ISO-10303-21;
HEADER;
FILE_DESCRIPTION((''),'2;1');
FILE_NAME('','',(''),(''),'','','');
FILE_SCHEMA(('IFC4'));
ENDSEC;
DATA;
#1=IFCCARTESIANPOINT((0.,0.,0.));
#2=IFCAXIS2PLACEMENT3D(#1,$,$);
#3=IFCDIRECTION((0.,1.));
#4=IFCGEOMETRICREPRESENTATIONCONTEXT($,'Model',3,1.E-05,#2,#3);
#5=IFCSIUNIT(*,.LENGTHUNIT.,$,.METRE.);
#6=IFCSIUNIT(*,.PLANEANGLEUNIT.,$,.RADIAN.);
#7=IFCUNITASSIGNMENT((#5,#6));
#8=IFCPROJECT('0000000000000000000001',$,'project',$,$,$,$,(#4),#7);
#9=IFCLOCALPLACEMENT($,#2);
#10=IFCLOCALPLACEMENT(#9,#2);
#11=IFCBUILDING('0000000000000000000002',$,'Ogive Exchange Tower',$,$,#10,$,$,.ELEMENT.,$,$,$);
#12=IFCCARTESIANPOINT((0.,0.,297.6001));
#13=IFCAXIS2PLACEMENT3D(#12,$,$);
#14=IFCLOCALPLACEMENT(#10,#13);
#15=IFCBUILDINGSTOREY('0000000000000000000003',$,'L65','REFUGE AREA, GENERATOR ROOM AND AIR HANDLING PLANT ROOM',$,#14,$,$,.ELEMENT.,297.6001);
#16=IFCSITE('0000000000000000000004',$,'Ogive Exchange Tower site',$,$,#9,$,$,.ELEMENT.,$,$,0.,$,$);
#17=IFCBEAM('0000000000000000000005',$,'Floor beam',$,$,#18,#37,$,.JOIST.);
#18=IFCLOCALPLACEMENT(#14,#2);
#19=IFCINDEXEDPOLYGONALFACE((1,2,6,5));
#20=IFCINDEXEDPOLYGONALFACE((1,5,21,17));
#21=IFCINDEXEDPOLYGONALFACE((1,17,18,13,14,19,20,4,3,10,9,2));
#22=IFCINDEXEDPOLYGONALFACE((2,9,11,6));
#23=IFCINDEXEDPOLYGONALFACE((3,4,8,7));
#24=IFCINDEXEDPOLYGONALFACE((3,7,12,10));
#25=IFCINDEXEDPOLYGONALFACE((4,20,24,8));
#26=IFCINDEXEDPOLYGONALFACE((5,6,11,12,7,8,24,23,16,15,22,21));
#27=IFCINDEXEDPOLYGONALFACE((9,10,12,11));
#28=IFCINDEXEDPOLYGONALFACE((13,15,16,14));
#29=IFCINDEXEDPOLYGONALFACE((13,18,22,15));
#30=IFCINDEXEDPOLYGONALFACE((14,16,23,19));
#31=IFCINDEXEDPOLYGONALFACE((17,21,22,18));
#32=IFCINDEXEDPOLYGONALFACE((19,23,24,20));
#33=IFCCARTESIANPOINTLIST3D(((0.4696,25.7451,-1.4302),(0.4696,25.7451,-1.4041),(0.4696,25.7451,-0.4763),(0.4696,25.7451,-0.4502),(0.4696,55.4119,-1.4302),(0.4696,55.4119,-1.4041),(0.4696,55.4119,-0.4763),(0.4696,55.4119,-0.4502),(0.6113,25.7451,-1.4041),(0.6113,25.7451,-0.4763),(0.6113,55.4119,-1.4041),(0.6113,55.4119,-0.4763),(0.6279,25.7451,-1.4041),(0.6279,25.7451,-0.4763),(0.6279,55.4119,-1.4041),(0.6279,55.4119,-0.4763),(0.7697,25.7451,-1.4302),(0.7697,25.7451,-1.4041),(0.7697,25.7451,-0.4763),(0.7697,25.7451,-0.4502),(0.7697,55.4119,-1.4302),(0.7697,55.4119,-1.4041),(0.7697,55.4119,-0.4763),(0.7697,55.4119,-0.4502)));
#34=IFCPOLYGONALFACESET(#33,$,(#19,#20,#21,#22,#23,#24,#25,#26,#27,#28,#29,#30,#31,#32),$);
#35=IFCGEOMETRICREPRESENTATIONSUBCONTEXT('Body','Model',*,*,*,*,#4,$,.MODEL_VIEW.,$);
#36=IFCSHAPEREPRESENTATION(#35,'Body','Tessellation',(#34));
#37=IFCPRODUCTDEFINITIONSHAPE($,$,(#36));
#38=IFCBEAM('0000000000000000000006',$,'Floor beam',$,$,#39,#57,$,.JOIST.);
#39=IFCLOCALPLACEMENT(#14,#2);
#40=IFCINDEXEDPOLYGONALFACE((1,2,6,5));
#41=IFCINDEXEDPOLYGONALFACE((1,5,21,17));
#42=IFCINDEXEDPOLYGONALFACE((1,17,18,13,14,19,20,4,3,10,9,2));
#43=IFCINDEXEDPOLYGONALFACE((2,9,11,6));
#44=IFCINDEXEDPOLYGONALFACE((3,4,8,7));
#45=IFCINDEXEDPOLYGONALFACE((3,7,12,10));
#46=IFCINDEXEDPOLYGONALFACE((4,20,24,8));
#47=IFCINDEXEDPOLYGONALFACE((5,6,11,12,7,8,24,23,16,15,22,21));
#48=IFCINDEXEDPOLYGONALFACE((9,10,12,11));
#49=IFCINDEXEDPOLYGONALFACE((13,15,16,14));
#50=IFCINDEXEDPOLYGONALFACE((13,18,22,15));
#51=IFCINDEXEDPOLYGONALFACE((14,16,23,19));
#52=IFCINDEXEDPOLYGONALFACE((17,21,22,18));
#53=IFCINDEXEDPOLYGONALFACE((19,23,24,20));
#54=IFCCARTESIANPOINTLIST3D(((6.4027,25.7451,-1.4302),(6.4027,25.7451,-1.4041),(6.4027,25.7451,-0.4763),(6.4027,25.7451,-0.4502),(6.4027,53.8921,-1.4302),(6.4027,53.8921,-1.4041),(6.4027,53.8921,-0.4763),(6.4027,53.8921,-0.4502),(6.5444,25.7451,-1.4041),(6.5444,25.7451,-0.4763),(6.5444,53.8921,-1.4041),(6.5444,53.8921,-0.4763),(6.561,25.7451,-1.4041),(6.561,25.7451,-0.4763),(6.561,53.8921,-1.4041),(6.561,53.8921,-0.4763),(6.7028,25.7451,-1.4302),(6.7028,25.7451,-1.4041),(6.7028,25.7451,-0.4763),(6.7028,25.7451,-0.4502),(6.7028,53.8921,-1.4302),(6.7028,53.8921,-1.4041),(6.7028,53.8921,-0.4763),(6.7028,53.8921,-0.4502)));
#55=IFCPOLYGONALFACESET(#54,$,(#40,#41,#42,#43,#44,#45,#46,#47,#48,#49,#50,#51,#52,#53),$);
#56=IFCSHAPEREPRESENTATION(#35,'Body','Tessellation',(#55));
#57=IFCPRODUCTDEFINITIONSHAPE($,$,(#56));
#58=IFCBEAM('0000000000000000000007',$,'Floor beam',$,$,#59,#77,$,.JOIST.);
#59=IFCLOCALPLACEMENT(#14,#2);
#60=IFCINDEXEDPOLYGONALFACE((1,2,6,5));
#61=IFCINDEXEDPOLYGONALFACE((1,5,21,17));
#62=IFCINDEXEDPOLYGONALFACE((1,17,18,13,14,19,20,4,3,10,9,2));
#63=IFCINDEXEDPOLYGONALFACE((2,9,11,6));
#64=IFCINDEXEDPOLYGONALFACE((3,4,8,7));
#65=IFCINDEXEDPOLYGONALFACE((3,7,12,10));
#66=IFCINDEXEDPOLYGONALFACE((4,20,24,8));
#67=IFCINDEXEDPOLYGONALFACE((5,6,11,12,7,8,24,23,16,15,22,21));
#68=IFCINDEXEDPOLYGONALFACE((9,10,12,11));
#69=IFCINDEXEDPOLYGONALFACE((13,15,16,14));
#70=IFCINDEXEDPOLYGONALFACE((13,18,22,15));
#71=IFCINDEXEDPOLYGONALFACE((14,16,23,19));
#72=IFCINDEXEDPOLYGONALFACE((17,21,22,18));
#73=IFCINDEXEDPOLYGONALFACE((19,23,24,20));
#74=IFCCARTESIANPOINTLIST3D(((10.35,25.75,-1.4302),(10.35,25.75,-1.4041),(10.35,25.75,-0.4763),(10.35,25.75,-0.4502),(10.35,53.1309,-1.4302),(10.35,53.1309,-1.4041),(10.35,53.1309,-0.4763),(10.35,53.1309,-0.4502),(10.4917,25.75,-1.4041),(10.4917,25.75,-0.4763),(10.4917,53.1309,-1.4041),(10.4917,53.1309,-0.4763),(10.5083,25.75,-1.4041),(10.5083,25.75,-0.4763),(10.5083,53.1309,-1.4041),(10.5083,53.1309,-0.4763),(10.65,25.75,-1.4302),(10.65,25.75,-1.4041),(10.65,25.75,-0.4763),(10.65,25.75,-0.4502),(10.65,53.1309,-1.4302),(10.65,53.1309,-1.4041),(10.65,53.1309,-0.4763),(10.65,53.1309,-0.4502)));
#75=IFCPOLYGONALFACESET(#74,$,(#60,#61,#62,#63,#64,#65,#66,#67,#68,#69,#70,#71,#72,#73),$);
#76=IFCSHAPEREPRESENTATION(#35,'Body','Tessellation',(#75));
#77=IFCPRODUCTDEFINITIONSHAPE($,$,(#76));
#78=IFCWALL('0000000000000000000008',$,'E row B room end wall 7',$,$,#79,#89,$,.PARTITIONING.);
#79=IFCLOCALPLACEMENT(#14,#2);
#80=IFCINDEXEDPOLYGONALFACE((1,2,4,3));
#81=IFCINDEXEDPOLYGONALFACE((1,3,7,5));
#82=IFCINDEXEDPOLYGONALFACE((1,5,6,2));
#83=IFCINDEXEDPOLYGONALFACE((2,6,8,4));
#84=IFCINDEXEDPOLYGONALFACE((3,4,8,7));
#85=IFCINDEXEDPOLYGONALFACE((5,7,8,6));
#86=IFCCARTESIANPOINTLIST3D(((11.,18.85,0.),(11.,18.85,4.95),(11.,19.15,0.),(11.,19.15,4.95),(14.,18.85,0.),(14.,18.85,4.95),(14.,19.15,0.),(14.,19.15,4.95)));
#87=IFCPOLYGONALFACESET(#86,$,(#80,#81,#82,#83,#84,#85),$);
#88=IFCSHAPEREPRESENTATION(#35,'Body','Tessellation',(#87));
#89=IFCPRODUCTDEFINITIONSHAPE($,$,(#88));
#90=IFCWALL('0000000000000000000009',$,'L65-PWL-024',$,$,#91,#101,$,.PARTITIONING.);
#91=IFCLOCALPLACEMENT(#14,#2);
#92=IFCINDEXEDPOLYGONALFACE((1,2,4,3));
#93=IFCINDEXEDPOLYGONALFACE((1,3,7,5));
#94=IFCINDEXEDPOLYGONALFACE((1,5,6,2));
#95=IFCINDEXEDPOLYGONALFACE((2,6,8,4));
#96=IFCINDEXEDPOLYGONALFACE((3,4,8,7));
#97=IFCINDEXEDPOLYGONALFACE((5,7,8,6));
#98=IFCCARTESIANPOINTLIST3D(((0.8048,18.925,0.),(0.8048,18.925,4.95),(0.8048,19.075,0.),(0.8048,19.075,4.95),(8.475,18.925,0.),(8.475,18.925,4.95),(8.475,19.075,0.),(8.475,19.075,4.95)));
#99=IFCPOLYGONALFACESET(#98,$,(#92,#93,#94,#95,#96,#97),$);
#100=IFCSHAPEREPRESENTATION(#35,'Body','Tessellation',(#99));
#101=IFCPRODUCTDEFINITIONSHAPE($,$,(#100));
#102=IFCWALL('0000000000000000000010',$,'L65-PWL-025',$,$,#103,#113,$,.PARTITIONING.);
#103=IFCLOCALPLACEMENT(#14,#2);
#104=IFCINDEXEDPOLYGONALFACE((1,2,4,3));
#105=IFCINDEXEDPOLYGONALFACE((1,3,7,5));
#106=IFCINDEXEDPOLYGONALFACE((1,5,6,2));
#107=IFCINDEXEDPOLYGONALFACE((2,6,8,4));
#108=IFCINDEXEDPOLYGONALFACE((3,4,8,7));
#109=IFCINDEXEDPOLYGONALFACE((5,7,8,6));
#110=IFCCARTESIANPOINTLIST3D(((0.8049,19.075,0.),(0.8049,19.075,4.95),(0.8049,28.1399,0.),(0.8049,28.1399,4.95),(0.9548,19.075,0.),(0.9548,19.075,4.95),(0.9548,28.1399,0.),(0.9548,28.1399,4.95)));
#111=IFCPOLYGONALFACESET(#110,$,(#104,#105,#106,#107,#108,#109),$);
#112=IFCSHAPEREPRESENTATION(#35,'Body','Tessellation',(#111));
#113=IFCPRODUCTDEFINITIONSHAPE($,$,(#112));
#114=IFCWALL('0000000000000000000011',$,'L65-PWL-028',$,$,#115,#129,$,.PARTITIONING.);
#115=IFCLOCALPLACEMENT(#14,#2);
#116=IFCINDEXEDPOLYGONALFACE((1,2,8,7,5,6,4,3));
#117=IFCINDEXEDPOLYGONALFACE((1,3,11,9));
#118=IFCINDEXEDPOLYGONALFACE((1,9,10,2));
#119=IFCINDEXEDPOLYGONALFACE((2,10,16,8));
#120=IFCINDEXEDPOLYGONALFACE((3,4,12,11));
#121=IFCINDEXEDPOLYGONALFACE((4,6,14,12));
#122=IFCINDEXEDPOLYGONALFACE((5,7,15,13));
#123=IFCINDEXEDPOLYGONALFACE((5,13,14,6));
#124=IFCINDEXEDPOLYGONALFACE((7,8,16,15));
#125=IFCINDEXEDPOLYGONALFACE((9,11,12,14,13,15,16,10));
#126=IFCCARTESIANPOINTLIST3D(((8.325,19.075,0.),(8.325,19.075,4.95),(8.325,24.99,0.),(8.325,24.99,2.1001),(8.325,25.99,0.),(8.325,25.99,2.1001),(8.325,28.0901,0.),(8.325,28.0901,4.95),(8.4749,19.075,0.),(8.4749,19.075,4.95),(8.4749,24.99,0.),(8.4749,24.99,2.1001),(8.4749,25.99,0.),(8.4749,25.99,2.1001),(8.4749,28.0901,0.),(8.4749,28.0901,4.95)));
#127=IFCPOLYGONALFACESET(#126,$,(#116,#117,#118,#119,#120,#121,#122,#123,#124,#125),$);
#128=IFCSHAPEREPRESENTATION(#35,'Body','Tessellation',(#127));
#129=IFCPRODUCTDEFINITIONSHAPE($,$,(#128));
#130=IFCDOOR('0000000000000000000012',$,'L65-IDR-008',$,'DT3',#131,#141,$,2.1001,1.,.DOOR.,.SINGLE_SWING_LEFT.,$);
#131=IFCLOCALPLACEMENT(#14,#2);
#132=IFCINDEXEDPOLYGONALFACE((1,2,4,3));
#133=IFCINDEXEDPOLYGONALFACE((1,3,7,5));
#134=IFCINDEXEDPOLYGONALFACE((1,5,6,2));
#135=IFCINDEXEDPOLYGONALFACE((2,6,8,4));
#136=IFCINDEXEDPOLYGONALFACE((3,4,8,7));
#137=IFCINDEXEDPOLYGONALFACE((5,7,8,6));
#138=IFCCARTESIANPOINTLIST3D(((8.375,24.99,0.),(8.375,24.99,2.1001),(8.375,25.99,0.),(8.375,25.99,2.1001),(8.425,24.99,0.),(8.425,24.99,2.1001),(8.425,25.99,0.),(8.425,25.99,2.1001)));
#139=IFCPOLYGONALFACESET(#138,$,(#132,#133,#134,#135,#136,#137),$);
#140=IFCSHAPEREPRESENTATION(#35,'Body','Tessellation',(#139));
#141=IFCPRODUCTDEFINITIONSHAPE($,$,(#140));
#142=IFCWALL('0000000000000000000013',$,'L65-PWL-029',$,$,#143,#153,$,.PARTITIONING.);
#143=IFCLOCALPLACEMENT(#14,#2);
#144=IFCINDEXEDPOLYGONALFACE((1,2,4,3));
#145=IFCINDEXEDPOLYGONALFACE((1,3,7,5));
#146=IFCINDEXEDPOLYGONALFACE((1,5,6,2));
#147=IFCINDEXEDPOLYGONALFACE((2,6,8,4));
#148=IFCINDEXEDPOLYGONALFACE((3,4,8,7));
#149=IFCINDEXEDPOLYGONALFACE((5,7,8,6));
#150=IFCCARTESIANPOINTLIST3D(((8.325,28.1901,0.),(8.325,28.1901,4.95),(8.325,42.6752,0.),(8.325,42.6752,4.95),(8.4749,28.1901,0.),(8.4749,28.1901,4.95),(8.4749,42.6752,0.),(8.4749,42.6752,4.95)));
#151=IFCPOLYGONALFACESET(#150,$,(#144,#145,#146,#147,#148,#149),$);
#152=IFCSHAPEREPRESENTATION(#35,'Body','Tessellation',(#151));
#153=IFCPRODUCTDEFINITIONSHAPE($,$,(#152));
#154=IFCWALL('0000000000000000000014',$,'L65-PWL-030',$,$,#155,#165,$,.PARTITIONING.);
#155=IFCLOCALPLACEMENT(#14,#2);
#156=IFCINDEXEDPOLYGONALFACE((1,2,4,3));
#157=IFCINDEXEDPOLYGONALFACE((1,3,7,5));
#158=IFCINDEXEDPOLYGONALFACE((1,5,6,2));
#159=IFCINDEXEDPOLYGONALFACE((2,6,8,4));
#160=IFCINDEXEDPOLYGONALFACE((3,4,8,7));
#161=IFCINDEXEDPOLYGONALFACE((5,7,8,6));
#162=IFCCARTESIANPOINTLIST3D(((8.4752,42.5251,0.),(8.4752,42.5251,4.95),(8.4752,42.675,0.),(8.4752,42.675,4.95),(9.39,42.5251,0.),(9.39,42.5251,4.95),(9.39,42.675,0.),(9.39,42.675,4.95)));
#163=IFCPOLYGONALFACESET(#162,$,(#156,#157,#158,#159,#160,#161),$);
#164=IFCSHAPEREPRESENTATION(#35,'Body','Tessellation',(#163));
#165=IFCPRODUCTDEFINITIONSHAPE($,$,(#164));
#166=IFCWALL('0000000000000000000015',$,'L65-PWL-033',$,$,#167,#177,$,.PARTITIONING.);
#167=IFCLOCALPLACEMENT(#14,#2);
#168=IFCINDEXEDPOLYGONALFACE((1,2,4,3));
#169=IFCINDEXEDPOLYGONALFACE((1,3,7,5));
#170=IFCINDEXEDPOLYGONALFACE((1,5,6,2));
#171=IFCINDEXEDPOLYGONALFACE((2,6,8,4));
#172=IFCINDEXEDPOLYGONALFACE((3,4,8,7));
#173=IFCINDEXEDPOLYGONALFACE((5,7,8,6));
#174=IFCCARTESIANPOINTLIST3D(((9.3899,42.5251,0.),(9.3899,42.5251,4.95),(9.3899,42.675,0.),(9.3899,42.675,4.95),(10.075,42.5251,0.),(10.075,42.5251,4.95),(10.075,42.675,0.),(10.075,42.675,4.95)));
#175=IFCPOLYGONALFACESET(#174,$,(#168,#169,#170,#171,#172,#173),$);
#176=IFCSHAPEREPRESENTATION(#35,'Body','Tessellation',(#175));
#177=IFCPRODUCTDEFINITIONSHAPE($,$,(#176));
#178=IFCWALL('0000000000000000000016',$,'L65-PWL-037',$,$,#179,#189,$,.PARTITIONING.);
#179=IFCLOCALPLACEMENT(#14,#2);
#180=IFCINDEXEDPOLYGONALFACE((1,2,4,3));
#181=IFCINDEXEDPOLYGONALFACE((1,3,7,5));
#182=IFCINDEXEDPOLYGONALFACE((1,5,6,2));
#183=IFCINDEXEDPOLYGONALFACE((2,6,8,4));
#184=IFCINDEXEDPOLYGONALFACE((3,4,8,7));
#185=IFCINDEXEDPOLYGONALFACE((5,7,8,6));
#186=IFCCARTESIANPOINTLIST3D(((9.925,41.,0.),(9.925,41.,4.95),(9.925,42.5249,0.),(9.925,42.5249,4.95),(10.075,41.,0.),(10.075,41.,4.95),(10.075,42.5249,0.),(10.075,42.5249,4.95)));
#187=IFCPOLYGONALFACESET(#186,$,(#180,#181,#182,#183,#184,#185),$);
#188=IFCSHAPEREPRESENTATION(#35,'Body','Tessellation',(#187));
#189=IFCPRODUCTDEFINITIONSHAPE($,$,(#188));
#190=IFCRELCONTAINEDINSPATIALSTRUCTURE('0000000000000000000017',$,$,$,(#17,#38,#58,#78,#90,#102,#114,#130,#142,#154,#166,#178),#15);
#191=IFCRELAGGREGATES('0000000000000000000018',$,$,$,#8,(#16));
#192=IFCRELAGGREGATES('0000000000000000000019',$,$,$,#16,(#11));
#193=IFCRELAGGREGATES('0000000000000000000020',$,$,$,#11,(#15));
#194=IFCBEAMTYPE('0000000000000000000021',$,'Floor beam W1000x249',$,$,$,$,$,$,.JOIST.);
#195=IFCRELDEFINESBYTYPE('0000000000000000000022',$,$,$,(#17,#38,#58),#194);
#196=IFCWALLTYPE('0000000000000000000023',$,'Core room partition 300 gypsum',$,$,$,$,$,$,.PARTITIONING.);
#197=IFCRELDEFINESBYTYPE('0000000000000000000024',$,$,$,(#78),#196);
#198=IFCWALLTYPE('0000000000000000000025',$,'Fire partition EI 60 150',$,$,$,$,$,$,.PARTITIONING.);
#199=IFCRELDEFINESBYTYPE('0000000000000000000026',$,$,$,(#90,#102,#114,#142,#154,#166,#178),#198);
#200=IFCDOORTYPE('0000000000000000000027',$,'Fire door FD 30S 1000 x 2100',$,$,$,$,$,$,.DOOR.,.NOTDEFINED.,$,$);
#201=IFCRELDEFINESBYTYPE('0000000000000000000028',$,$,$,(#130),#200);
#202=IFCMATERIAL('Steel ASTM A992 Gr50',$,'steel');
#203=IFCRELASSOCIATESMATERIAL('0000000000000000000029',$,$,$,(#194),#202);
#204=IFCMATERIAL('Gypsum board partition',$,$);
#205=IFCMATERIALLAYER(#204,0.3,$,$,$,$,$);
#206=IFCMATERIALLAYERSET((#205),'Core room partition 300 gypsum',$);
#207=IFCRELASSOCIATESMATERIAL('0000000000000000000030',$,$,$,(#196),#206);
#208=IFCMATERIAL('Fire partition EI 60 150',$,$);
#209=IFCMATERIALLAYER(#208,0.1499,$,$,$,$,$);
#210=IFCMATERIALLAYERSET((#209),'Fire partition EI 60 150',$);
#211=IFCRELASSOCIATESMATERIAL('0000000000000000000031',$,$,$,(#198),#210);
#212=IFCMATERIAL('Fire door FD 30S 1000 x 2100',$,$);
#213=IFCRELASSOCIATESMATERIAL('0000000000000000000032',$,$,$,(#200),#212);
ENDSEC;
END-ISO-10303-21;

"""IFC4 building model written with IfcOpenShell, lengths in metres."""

from ifc_helpers import new_model, si_unit, direction, frame, frame_2d, origin, origin_2d, place, context, subcontext, project, spatial, rectangle, i_section, extrude, material, layer, layer_set, material_profile, profile_set, type_object, element, fill, save


model = new_model("IFC4")

# Units and contexts
model_context = context("Model", 3, precision=1e-05, world=origin(), true_north=direction((0.0, 1.0)))
body_context = subcontext(model_context, "Body", "Model", "MODEL_VIEW")
ifc_project = project(units=[si_unit("LENGTHUNIT", "METRE"), si_unit("PLANEANGLEUNIT", "RADIAN")], contexts=[model_context])

# Site, building, storey
site_placement = place(None, origin())
site = spatial("IfcSite", under=ifc_project, at=site_placement, Name="Ogive Exchange Tower site", CompositionType="ELEMENT", RefElevation=0.0)
building_placement = place(site_placement, origin())
building = spatial("IfcBuilding", under=site, at=building_placement, Name="Ogive Exchange Tower", CompositionType="ELEMENT")
storey_placement = place(building_placement, frame((0.0, 0.0, 297.6001)))
storey = spatial("IfcBuildingStorey", under=building, at=storey_placement, Name="L65", Description="REFUGE AREA, GENERATOR ROOM AND AIR HANDLING PLANT ROOM", CompositionType="ELEMENT", Elevation=297.6001)

# Beams
ifc_material_1 = material(Name="Steel ASTM A992 Gr50", Category="steel")
ifc_material_profile = material_profile(ifc_material_1, i_section(OverallWidth=0.3, OverallDepth=0.98, WebThickness=0.0166, FlangeThickness=0.0261, at=origin_2d()), Name="W1000x249")
ifc_profile_set = profile_set([ifc_material_profile], Name="Steel ASTM A992 Gr50")
beam_type = type_object("IfcBeamType", Name="Floor beam W1000x249", PredefinedType="JOIST", material=ifc_profile_set)
beam_1_placement = place(storey_placement, frame((0.6196, 25.7451, -0.9402), z_axis=(0.0, 1.0, 0.0), x_axis=(-1.0, 0.0, 0.0)))
element("IfcBeam", 1, at=beam_1_placement, inside=storey, type_object=beam_type, Name="Floor beam", PredefinedType="JOIST", context=body_context, shape_type="SweptSolid", body=[
    extrude(i_section(OverallWidth=0.3, OverallDepth=0.98, WebThickness=0.0166, FlangeThickness=0.0261, at=origin_2d()), origin(), (0.0, 0.0, 1.0), 29.6667),
])
beam_2_placement = place(storey_placement, frame((6.5527, 25.7451, -0.9402), z_axis=(0.0, 1.0, 0.0), x_axis=(-1.0, 0.0, 0.0)))
element("IfcBeam", 2, at=beam_2_placement, inside=storey, type_object=beam_type, Name="Floor beam", PredefinedType="JOIST", context=body_context, shape_type="SweptSolid", body=[
    extrude(i_section(OverallWidth=0.3, OverallDepth=0.98, WebThickness=0.0166, FlangeThickness=0.0261, at=origin_2d()), origin(), (0.0, 0.0, 1.0), 28.147),
])
beam_3_placement = place(storey_placement, frame((10.5, 25.75, -0.9402), z_axis=(0.0, 1.0, 0.0), x_axis=(-1.0, 0.0, 0.0)))
element("IfcBeam", 3, at=beam_3_placement, inside=storey, type_object=beam_type, Name="Floor beam", PredefinedType="JOIST", context=body_context, shape_type="SweptSolid", body=[
    extrude(i_section(OverallWidth=0.3, OverallDepth=0.98, WebThickness=0.0166, FlangeThickness=0.0261, at=origin_2d()), origin(), (0.0, 0.0, 1.0), 27.3809),
])

# Walls
ifc_material_2 = material(Name="Gypsum board partition")
ifc_layer_1 = layer(ifc_material_2, 0.3)
ifc_layer_set_1 = layer_set([ifc_layer_1], Name="Core room partition 300 gypsum")
wall_type_1 = type_object("IfcWallType", Name="Core room partition 300 gypsum", PredefinedType="PARTITIONING", material=ifc_layer_set_1)
wall_1_placement = place(storey_placement, frame((11.0, 19.0, 0.0), z_axis=(0.0, 0.0, 1.0), x_axis=(1.0, 0.0, 0.0)))
element("IfcWall", 4, at=wall_1_placement, inside=storey, type_object=wall_type_1, Name="E row B room end wall 7", PredefinedType="PARTITIONING", context=body_context, shape_type="SweptSolid", body=[
    extrude(rectangle(XDim=3.0, YDim=0.3, at=frame_2d((1.5, 0.0))), origin(), (0.0, 0.0, 1.0), 4.95),
])
ifc_material_3 = material(Name="Fire partition EI 60 150")
ifc_layer_2 = layer(ifc_material_3, 0.1499)
ifc_layer_set_2 = layer_set([ifc_layer_2], Name="Fire partition EI 60 150")
wall_type_2 = type_object("IfcWallType", Name="Fire partition EI 60 150", PredefinedType="PARTITIONING", material=ifc_layer_set_2)
wall_2_placement = place(storey_placement, frame((0.8049, 19.0, 0.0), z_axis=(0.0, 0.0, 1.0), x_axis=(1.0, 0.0, 0.0)))
element("IfcWall", 5, at=wall_2_placement, inside=storey, type_object=wall_type_2, Name="L65-PWL-024", PredefinedType="PARTITIONING", context=body_context, shape_type="SweptSolid", body=[
    extrude(rectangle(XDim=7.6702, YDim=0.1499, at=frame_2d((3.835, 0.0))), origin(), (0.0, 0.0, 1.0), 4.95),
])
wall_3_placement = place(storey_placement, frame((0.8799, 28.1399, 0.0), z_axis=(0.0, 0.0, 1.0), x_axis=(0.0, -1.0, 0.0)))
element("IfcWall", 6, at=wall_3_placement, inside=storey, type_object=wall_type_2, Name="L65-PWL-025", PredefinedType="PARTITIONING", context=body_context, shape_type="SweptSolid", body=[
    extrude(rectangle(XDim=9.0649, YDim=0.1499, at=frame_2d((4.5325, 0.0))), origin(), (0.0, 0.0, 1.0), 4.95),
])

# Wall, opening, door
wall_4_placement = place(storey_placement, frame((8.3999, 19.075, 0.0), z_axis=(0.0, 0.0, 1.0), x_axis=(0.0, 1.0, 0.0)))
wall_4 = element("IfcWall", 7, at=wall_4_placement, inside=storey, type_object=wall_type_2, Name="L65-PWL-028", PredefinedType="PARTITIONING", context=body_context, shape_type="SweptSolid", body=[
    extrude(rectangle(XDim=9.0151, YDim=0.1499, at=frame_2d((4.5076, 0.0))), origin(), (0.0, 0.0, 1.0), 4.95),
])
opening_1_placement = place(wall_4_placement, frame((5.915, 0.0, 0.0)))
opening_1 = element("IfcOpeningElement", 8, at=opening_1_placement, cuts=wall_4, PredefinedType="OPENING", context=body_context, shape_type="SweptSolid", body=[
    extrude(rectangle(XDim=1.0, YDim=2.1001, at=frame_2d((0.5, 1.05))), frame((0.0, 0.085, 0.0), z_axis=(0.0, -1.0, 0.0), x_axis=(1.0, 0.0, 0.0)), (0.0, 0.0, 1.0), 0.1699),
])
ifc_material_4 = material(Name="Fire door FD 30S 1000 x 2100")
door_type_1 = type_object("IfcDoorType", Name="Fire door FD 30S 1000 x 2100", OperationType="NOTDEFINED", PredefinedType="DOOR", material=ifc_material_4)
door_1_placement = place(opening_1_placement, origin())
door_1 = element("IfcDoor", 9, at=door_1_placement, inside=storey, type_object=door_type_1, Name="L65-IDR-008", ObjectType="DT3", OperationType="SINGLE_SWING_LEFT", OverallHeight=2.1001, OverallWidth=1.0, PredefinedType="DOOR", context=body_context, shape_type="SweptSolid", body=[
    extrude(rectangle(XDim=1.0, YDim=2.1001, at=frame_2d((0.5, 1.05))), frame((0.0, 0.0249, 0.0), z_axis=(0.0, -1.0, 0.0), x_axis=(1.0, 0.0, 0.0)), (0.0, 0.0, 1.0), 0.05),
])
fill(opening_1, door_1)

# Walls
wall_5_placement = place(storey_placement, frame((8.3999, 28.1899, 0.0), z_axis=(0.0, 0.0, 1.0), x_axis=(0.0, 1.0, 0.0)))
element("IfcWall", 10, at=wall_5_placement, inside=storey, type_object=wall_type_2, Name="L65-PWL-029", PredefinedType="PARTITIONING", context=body_context, shape_type="SweptSolid", body=[
    extrude(rectangle(XDim=14.4851, YDim=0.1499, at=frame_2d((7.2427, 0.0))), origin(), (0.0, 0.0, 1.0), 4.95),
])
wall_6_placement = place(storey_placement, frame((8.4751, 42.6001, 0.0), z_axis=(0.0, 0.0, 1.0), x_axis=(1.0, 0.0, 0.0)))
element("IfcWall", 11, at=wall_6_placement, inside=storey, type_object=wall_type_2, Name="L65-PWL-030", PredefinedType="PARTITIONING", context=body_context, shape_type="SweptSolid", body=[
    extrude(rectangle(XDim=0.9148, YDim=0.1499, at=frame_2d((0.4575, 0.0))), origin(), (0.0, 0.0, 1.0), 4.95),
])
wall_7_placement = place(storey_placement, frame((9.3899, 42.6001, 0.0), z_axis=(0.0, 0.0, 1.0), x_axis=(1.0, 0.0, 0.0)))
element("IfcWall", 12, at=wall_7_placement, inside=storey, type_object=wall_type_2, Name="L65-PWL-033", PredefinedType="PARTITIONING", context=body_context, shape_type="SweptSolid", body=[
    extrude(rectangle(XDim=0.6851, YDim=0.1499, at=frame_2d((0.3425, 0.0))), origin(), (0.0, 0.0, 1.0), 4.95),
])
wall_8_placement = place(storey_placement, frame((10.0, 42.5249, 0.0), z_axis=(0.0, 0.0, 1.0), x_axis=(0.0, -1.0, 0.0)))
element("IfcWall", 13, at=wall_8_placement, inside=storey, type_object=wall_type_2, Name="L65-PWL-037", PredefinedType="PARTITIONING", context=body_context, shape_type="SweptSolid", body=[
    extrude(rectangle(XDim=1.5249, YDim=0.1499, at=frame_2d((0.7625, 0.0))), origin(), (0.0, 0.0, 1.0), 4.95),
])

save(model, "model.ifc")
